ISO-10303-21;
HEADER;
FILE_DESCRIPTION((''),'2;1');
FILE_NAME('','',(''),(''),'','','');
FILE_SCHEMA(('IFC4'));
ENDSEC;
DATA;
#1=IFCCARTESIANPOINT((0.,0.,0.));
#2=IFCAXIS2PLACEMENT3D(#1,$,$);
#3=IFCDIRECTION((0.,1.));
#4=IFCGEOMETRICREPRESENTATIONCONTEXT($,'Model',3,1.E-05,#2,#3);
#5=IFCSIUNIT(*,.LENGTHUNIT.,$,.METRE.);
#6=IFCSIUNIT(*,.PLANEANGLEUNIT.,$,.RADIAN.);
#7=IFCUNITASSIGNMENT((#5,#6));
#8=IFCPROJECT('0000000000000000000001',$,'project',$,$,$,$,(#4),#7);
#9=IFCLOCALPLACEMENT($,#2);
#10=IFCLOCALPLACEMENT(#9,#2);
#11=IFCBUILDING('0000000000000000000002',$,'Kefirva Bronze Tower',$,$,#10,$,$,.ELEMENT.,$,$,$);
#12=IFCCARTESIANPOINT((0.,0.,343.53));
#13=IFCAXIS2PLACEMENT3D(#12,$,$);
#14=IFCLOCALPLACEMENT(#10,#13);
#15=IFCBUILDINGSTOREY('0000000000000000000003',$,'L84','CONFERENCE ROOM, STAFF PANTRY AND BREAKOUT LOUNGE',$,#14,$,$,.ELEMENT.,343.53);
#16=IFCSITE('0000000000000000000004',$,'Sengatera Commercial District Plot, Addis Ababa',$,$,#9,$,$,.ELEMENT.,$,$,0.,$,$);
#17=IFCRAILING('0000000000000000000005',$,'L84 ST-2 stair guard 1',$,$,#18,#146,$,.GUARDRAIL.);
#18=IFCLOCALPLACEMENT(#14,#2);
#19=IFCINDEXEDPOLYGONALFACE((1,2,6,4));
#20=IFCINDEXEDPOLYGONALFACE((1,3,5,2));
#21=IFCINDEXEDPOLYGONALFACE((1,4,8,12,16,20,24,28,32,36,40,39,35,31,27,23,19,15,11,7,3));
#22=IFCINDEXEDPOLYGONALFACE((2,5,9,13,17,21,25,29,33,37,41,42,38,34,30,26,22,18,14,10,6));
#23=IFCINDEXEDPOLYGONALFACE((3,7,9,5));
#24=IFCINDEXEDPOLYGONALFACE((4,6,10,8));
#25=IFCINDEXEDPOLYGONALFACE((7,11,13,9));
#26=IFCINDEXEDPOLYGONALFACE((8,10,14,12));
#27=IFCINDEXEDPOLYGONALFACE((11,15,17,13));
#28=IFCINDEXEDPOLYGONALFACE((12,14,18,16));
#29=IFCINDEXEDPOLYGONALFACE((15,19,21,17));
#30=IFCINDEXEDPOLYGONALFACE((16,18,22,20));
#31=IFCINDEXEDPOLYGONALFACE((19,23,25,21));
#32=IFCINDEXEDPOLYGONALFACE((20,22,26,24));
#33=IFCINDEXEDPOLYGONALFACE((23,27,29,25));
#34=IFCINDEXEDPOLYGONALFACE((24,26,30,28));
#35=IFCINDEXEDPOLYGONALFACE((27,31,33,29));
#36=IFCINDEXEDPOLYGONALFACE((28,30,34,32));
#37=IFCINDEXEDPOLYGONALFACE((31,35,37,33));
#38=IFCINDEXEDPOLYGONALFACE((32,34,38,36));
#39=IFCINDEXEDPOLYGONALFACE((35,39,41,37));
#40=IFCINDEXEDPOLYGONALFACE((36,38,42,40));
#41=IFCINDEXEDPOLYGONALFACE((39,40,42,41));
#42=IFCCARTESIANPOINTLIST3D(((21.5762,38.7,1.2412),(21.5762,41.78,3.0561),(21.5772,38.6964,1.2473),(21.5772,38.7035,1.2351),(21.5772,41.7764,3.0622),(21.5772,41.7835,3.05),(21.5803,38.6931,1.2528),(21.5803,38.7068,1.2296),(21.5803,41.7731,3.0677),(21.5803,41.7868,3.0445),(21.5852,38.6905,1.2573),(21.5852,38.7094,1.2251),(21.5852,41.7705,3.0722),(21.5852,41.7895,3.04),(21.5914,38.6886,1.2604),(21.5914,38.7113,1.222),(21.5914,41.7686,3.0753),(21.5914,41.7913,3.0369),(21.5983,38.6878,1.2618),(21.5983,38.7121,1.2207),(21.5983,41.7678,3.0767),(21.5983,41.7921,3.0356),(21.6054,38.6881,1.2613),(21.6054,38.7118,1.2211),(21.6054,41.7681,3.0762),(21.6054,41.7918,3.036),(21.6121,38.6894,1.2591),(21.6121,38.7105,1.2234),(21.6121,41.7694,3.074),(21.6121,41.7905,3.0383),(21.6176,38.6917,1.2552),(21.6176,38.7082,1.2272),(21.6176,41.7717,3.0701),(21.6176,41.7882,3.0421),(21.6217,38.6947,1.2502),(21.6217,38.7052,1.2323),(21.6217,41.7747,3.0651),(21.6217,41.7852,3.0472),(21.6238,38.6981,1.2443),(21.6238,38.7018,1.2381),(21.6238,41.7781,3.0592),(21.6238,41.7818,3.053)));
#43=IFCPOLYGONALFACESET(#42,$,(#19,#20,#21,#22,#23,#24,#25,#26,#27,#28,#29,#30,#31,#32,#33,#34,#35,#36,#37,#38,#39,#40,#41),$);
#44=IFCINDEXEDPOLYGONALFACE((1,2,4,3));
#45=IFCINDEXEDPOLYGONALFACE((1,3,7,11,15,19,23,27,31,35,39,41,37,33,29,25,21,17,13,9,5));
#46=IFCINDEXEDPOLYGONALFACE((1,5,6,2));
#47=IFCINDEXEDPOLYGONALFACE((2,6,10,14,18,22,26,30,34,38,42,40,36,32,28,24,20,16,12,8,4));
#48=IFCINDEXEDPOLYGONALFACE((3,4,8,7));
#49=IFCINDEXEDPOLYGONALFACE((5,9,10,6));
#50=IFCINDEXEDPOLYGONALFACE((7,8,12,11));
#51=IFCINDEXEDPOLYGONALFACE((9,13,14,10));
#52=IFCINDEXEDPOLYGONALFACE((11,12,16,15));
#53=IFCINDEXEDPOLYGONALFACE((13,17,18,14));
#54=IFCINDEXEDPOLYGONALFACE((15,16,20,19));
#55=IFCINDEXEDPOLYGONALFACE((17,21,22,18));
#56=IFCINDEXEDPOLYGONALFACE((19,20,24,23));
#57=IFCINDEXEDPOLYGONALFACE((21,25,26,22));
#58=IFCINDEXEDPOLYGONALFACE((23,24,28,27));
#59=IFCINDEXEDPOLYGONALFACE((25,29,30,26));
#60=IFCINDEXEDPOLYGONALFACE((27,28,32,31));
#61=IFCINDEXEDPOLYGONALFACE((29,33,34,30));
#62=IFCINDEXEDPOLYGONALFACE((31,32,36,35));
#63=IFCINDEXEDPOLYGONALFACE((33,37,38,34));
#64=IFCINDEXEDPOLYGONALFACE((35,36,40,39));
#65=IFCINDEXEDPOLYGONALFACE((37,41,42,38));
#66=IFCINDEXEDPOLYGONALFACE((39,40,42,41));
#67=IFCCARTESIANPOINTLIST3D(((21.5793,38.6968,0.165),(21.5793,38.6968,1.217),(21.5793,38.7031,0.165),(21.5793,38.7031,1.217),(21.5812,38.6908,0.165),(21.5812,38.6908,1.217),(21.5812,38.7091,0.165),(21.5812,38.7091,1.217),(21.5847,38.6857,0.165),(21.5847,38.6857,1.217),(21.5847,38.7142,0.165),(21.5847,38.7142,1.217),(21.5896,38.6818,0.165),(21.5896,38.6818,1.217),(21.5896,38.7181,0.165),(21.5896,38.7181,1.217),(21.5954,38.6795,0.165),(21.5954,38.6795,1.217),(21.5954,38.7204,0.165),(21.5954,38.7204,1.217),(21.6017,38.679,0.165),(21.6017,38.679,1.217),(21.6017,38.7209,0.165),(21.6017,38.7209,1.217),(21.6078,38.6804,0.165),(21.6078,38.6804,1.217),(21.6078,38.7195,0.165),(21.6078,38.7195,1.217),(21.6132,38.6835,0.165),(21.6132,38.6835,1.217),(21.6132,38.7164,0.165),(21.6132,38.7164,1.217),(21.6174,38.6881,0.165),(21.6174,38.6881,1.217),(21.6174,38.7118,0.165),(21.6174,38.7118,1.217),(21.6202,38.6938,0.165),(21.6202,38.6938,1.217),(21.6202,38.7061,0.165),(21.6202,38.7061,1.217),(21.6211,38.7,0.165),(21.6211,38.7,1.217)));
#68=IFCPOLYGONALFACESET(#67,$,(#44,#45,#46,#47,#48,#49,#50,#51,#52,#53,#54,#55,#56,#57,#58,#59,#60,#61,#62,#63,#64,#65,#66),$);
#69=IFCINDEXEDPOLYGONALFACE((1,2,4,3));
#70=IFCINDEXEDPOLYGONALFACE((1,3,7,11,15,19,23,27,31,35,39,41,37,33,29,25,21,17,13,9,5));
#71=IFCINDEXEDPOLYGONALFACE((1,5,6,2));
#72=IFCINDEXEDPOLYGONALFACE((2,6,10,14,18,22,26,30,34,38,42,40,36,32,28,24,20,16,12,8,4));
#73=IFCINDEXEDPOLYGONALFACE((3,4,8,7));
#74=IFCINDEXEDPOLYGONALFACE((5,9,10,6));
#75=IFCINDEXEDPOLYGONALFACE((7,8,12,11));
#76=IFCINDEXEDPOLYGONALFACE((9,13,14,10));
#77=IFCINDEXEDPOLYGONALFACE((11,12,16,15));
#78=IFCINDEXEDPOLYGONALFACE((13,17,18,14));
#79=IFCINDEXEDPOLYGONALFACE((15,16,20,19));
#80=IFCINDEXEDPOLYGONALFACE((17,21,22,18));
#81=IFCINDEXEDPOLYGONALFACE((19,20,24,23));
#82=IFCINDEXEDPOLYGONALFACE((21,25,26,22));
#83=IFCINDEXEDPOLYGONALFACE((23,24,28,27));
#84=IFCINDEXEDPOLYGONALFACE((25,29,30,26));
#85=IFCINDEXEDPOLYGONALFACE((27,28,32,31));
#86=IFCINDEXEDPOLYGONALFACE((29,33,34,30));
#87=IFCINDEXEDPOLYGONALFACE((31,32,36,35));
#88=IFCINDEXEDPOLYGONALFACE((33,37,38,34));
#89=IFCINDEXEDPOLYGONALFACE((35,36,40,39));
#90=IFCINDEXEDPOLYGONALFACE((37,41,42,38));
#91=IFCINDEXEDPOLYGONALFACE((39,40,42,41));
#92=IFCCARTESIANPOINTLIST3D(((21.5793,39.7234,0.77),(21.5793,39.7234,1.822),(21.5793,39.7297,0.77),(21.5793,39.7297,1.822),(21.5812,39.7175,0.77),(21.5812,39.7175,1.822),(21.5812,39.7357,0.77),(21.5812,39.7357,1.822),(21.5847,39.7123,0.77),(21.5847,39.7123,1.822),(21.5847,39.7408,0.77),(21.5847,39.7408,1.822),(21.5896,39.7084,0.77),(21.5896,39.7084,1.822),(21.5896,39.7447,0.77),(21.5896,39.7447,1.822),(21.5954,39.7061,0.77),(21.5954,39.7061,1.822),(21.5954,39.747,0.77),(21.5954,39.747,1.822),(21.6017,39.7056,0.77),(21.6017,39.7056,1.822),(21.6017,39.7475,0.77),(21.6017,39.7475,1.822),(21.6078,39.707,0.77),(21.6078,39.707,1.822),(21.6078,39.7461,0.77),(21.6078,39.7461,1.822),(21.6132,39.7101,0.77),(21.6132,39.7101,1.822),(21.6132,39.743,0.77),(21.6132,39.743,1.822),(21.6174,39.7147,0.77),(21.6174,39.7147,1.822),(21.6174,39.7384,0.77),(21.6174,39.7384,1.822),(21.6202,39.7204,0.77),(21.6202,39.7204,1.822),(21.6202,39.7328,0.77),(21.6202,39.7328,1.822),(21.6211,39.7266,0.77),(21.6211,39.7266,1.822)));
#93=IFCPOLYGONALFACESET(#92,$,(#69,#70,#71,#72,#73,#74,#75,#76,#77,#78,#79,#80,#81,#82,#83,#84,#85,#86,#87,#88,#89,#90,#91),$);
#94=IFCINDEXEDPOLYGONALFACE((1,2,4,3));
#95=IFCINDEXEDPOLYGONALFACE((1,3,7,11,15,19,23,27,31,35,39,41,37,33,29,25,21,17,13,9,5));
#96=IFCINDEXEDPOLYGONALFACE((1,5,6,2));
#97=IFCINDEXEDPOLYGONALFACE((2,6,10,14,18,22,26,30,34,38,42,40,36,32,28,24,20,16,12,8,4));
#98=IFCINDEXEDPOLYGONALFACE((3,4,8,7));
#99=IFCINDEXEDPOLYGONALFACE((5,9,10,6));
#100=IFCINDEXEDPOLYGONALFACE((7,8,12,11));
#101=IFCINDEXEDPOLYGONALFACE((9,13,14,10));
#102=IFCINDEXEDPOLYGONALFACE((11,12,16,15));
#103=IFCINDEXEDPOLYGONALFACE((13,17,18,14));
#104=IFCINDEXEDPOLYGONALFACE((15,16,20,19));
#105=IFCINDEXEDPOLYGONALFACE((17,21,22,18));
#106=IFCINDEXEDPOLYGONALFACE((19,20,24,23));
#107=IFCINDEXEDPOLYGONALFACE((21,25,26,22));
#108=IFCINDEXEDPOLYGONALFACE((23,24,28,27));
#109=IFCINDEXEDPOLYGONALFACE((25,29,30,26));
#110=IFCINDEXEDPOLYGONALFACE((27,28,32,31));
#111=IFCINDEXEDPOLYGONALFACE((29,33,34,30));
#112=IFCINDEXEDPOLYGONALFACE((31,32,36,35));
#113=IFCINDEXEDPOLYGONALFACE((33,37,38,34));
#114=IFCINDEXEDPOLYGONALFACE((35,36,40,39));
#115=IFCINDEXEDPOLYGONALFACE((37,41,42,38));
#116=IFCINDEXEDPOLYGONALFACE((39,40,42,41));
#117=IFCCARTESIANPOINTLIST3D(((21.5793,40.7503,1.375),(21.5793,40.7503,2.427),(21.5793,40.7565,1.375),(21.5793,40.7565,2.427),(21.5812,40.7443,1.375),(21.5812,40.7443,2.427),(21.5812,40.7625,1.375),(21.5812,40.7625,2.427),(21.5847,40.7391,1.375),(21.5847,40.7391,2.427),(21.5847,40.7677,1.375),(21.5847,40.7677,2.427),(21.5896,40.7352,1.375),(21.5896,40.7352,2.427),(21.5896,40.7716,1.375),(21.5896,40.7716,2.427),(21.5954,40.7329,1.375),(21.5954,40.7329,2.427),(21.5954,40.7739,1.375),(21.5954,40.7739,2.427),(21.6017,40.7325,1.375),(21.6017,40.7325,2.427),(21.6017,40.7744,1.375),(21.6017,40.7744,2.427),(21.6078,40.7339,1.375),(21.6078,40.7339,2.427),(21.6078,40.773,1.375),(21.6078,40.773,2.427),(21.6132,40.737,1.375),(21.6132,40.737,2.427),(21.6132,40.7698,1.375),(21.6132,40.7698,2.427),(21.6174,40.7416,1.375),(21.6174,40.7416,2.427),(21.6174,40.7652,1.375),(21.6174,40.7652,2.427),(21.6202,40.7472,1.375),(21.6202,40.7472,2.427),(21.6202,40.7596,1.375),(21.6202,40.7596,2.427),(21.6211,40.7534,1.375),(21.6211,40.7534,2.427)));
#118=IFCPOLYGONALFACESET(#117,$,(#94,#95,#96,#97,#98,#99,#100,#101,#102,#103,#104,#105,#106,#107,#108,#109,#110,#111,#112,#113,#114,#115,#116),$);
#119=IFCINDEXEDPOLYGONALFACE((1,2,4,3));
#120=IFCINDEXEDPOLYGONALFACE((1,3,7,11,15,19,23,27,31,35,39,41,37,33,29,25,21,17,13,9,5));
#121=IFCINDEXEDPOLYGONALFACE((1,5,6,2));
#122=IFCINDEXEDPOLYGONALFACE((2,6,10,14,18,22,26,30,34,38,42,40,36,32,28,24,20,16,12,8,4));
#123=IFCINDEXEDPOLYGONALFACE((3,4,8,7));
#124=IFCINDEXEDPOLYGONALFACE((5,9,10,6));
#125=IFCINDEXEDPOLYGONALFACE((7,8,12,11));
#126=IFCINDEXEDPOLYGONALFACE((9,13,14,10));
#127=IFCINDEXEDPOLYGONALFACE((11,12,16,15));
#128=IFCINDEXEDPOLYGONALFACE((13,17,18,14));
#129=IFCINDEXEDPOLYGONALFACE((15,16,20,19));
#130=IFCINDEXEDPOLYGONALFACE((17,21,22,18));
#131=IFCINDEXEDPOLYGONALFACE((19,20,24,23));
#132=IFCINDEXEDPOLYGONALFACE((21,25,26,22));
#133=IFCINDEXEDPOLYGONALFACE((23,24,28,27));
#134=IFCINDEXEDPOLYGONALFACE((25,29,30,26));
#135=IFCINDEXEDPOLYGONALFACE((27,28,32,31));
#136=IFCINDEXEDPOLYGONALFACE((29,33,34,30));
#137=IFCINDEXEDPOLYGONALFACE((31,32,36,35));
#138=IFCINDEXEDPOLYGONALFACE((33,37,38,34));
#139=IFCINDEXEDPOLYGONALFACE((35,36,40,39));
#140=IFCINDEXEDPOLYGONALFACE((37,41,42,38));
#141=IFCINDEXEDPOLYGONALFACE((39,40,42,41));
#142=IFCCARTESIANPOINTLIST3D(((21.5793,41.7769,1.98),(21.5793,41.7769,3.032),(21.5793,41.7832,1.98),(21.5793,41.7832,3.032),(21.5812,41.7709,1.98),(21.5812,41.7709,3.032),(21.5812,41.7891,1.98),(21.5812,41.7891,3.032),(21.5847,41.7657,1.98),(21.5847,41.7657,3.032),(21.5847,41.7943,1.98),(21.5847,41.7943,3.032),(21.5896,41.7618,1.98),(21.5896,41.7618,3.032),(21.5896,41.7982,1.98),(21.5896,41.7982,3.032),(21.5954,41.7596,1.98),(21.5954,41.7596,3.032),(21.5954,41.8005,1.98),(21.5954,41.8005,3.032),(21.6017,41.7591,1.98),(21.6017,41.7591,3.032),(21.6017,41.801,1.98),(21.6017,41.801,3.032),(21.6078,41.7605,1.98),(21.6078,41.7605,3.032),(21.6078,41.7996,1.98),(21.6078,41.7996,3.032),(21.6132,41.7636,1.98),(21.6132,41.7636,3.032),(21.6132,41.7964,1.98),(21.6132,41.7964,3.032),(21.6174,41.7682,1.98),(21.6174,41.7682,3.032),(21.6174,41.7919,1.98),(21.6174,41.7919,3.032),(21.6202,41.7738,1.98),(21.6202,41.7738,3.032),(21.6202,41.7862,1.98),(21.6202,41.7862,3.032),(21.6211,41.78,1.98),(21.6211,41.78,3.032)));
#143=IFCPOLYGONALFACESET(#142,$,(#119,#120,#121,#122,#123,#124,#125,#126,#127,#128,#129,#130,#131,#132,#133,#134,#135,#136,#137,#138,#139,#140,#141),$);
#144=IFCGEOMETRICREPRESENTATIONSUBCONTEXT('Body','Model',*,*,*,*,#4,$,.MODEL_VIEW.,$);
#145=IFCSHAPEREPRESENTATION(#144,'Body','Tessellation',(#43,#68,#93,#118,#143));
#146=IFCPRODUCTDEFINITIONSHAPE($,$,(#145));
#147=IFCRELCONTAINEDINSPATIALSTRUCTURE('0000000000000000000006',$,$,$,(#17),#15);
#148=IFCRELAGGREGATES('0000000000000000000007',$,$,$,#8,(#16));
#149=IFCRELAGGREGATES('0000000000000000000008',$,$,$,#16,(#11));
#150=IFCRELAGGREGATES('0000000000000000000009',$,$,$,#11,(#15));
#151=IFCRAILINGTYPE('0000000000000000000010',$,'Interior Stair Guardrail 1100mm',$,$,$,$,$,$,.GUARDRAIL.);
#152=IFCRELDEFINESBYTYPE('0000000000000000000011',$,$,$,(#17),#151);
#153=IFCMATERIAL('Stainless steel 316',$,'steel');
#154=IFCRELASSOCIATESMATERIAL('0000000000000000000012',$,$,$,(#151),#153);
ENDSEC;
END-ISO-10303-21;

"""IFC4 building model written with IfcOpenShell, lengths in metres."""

from ifc_helpers import new_model, si_unit, direction, frame, origin, origin_2d, place, context, subcontext, project, spatial, circle, extrude, material, type_object, element, save


model = new_model("IFC4")

# Units and contexts
model_context = context("Model", 3, precision=1e-05, world=origin(), true_north=direction((0.0, 1.0)))
body_context = subcontext(model_context, "Body", "Model", "MODEL_VIEW")
ifc_project = project(units=[si_unit("LENGTHUNIT", "METRE"), si_unit("PLANEANGLEUNIT", "RADIAN")], contexts=[model_context])

# Site, building, storey
site_placement = place(None, origin())
site = spatial("IfcSite", under=ifc_project, at=site_placement, Name="Sengatera Commercial District Plot, Addis Ababa", CompositionType="ELEMENT", RefElevation=0.0)
building_placement = place(site_placement, origin())
building = spatial("IfcBuilding", under=site, at=building_placement, Name="Kefirva Bronze Tower", CompositionType="ELEMENT")
storey_placement = place(building_placement, frame((0.0, 0.0, 343.53)))
storey = spatial("IfcBuildingStorey", under=building, at=storey_placement, Name="L84", Description="CONFERENCE ROOM, STAFF PANTRY AND BREAKOUT LOUNGE", CompositionType="ELEMENT", Elevation=343.53)

# Railing
ifc_material_1 = material(Name="Stainless steel 316", Category="steel")
railing_type_1 = type_object("IfcRailingType", Name="Interior Stair Guardrail 1100mm", PredefinedType="GUARDRAIL", material=ifc_material_1)
railing_1_placement = place(storey_placement, frame((21.6001, 38.7, 0.165)))
element("IfcRailing", 1, at=railing_1_placement, inside=storey, type_object=railing_type_1, Name="L84 ST-2 stair guard 1", PredefinedType="GUARDRAIL", context=body_context, shape_type="SweptSolid", body=[
    extrude(circle(Radius=0.0239, at=origin_2d()), frame((0.0, 0.0, 1.0762), z_axis=(0.0, 0.861551, 0.507671), x_axis=(-1.0, 0.0, 0.0)), (0.0, 0.0, 1.0), 3.575),
    extrude(circle(Radius=0.021, at=origin_2d()), origin(), (0.0, 0.0, 1.0), 1.052),
    extrude(circle(Radius=0.021, at=origin_2d()), frame((0.0, 1.0266, 0.605)), (0.0, 0.0, 1.0), 1.052),
    extrude(circle(Radius=0.021, at=origin_2d()), frame((0.0, 2.0535, 1.21)), (0.0, 0.0, 1.0), 1.052),
    extrude(circle(Radius=0.021, at=origin_2d()), frame((0.0, 3.0801, 1.8149)), (0.0, 0.0, 1.0), 1.052),
])

save(model, "model.ifc")
